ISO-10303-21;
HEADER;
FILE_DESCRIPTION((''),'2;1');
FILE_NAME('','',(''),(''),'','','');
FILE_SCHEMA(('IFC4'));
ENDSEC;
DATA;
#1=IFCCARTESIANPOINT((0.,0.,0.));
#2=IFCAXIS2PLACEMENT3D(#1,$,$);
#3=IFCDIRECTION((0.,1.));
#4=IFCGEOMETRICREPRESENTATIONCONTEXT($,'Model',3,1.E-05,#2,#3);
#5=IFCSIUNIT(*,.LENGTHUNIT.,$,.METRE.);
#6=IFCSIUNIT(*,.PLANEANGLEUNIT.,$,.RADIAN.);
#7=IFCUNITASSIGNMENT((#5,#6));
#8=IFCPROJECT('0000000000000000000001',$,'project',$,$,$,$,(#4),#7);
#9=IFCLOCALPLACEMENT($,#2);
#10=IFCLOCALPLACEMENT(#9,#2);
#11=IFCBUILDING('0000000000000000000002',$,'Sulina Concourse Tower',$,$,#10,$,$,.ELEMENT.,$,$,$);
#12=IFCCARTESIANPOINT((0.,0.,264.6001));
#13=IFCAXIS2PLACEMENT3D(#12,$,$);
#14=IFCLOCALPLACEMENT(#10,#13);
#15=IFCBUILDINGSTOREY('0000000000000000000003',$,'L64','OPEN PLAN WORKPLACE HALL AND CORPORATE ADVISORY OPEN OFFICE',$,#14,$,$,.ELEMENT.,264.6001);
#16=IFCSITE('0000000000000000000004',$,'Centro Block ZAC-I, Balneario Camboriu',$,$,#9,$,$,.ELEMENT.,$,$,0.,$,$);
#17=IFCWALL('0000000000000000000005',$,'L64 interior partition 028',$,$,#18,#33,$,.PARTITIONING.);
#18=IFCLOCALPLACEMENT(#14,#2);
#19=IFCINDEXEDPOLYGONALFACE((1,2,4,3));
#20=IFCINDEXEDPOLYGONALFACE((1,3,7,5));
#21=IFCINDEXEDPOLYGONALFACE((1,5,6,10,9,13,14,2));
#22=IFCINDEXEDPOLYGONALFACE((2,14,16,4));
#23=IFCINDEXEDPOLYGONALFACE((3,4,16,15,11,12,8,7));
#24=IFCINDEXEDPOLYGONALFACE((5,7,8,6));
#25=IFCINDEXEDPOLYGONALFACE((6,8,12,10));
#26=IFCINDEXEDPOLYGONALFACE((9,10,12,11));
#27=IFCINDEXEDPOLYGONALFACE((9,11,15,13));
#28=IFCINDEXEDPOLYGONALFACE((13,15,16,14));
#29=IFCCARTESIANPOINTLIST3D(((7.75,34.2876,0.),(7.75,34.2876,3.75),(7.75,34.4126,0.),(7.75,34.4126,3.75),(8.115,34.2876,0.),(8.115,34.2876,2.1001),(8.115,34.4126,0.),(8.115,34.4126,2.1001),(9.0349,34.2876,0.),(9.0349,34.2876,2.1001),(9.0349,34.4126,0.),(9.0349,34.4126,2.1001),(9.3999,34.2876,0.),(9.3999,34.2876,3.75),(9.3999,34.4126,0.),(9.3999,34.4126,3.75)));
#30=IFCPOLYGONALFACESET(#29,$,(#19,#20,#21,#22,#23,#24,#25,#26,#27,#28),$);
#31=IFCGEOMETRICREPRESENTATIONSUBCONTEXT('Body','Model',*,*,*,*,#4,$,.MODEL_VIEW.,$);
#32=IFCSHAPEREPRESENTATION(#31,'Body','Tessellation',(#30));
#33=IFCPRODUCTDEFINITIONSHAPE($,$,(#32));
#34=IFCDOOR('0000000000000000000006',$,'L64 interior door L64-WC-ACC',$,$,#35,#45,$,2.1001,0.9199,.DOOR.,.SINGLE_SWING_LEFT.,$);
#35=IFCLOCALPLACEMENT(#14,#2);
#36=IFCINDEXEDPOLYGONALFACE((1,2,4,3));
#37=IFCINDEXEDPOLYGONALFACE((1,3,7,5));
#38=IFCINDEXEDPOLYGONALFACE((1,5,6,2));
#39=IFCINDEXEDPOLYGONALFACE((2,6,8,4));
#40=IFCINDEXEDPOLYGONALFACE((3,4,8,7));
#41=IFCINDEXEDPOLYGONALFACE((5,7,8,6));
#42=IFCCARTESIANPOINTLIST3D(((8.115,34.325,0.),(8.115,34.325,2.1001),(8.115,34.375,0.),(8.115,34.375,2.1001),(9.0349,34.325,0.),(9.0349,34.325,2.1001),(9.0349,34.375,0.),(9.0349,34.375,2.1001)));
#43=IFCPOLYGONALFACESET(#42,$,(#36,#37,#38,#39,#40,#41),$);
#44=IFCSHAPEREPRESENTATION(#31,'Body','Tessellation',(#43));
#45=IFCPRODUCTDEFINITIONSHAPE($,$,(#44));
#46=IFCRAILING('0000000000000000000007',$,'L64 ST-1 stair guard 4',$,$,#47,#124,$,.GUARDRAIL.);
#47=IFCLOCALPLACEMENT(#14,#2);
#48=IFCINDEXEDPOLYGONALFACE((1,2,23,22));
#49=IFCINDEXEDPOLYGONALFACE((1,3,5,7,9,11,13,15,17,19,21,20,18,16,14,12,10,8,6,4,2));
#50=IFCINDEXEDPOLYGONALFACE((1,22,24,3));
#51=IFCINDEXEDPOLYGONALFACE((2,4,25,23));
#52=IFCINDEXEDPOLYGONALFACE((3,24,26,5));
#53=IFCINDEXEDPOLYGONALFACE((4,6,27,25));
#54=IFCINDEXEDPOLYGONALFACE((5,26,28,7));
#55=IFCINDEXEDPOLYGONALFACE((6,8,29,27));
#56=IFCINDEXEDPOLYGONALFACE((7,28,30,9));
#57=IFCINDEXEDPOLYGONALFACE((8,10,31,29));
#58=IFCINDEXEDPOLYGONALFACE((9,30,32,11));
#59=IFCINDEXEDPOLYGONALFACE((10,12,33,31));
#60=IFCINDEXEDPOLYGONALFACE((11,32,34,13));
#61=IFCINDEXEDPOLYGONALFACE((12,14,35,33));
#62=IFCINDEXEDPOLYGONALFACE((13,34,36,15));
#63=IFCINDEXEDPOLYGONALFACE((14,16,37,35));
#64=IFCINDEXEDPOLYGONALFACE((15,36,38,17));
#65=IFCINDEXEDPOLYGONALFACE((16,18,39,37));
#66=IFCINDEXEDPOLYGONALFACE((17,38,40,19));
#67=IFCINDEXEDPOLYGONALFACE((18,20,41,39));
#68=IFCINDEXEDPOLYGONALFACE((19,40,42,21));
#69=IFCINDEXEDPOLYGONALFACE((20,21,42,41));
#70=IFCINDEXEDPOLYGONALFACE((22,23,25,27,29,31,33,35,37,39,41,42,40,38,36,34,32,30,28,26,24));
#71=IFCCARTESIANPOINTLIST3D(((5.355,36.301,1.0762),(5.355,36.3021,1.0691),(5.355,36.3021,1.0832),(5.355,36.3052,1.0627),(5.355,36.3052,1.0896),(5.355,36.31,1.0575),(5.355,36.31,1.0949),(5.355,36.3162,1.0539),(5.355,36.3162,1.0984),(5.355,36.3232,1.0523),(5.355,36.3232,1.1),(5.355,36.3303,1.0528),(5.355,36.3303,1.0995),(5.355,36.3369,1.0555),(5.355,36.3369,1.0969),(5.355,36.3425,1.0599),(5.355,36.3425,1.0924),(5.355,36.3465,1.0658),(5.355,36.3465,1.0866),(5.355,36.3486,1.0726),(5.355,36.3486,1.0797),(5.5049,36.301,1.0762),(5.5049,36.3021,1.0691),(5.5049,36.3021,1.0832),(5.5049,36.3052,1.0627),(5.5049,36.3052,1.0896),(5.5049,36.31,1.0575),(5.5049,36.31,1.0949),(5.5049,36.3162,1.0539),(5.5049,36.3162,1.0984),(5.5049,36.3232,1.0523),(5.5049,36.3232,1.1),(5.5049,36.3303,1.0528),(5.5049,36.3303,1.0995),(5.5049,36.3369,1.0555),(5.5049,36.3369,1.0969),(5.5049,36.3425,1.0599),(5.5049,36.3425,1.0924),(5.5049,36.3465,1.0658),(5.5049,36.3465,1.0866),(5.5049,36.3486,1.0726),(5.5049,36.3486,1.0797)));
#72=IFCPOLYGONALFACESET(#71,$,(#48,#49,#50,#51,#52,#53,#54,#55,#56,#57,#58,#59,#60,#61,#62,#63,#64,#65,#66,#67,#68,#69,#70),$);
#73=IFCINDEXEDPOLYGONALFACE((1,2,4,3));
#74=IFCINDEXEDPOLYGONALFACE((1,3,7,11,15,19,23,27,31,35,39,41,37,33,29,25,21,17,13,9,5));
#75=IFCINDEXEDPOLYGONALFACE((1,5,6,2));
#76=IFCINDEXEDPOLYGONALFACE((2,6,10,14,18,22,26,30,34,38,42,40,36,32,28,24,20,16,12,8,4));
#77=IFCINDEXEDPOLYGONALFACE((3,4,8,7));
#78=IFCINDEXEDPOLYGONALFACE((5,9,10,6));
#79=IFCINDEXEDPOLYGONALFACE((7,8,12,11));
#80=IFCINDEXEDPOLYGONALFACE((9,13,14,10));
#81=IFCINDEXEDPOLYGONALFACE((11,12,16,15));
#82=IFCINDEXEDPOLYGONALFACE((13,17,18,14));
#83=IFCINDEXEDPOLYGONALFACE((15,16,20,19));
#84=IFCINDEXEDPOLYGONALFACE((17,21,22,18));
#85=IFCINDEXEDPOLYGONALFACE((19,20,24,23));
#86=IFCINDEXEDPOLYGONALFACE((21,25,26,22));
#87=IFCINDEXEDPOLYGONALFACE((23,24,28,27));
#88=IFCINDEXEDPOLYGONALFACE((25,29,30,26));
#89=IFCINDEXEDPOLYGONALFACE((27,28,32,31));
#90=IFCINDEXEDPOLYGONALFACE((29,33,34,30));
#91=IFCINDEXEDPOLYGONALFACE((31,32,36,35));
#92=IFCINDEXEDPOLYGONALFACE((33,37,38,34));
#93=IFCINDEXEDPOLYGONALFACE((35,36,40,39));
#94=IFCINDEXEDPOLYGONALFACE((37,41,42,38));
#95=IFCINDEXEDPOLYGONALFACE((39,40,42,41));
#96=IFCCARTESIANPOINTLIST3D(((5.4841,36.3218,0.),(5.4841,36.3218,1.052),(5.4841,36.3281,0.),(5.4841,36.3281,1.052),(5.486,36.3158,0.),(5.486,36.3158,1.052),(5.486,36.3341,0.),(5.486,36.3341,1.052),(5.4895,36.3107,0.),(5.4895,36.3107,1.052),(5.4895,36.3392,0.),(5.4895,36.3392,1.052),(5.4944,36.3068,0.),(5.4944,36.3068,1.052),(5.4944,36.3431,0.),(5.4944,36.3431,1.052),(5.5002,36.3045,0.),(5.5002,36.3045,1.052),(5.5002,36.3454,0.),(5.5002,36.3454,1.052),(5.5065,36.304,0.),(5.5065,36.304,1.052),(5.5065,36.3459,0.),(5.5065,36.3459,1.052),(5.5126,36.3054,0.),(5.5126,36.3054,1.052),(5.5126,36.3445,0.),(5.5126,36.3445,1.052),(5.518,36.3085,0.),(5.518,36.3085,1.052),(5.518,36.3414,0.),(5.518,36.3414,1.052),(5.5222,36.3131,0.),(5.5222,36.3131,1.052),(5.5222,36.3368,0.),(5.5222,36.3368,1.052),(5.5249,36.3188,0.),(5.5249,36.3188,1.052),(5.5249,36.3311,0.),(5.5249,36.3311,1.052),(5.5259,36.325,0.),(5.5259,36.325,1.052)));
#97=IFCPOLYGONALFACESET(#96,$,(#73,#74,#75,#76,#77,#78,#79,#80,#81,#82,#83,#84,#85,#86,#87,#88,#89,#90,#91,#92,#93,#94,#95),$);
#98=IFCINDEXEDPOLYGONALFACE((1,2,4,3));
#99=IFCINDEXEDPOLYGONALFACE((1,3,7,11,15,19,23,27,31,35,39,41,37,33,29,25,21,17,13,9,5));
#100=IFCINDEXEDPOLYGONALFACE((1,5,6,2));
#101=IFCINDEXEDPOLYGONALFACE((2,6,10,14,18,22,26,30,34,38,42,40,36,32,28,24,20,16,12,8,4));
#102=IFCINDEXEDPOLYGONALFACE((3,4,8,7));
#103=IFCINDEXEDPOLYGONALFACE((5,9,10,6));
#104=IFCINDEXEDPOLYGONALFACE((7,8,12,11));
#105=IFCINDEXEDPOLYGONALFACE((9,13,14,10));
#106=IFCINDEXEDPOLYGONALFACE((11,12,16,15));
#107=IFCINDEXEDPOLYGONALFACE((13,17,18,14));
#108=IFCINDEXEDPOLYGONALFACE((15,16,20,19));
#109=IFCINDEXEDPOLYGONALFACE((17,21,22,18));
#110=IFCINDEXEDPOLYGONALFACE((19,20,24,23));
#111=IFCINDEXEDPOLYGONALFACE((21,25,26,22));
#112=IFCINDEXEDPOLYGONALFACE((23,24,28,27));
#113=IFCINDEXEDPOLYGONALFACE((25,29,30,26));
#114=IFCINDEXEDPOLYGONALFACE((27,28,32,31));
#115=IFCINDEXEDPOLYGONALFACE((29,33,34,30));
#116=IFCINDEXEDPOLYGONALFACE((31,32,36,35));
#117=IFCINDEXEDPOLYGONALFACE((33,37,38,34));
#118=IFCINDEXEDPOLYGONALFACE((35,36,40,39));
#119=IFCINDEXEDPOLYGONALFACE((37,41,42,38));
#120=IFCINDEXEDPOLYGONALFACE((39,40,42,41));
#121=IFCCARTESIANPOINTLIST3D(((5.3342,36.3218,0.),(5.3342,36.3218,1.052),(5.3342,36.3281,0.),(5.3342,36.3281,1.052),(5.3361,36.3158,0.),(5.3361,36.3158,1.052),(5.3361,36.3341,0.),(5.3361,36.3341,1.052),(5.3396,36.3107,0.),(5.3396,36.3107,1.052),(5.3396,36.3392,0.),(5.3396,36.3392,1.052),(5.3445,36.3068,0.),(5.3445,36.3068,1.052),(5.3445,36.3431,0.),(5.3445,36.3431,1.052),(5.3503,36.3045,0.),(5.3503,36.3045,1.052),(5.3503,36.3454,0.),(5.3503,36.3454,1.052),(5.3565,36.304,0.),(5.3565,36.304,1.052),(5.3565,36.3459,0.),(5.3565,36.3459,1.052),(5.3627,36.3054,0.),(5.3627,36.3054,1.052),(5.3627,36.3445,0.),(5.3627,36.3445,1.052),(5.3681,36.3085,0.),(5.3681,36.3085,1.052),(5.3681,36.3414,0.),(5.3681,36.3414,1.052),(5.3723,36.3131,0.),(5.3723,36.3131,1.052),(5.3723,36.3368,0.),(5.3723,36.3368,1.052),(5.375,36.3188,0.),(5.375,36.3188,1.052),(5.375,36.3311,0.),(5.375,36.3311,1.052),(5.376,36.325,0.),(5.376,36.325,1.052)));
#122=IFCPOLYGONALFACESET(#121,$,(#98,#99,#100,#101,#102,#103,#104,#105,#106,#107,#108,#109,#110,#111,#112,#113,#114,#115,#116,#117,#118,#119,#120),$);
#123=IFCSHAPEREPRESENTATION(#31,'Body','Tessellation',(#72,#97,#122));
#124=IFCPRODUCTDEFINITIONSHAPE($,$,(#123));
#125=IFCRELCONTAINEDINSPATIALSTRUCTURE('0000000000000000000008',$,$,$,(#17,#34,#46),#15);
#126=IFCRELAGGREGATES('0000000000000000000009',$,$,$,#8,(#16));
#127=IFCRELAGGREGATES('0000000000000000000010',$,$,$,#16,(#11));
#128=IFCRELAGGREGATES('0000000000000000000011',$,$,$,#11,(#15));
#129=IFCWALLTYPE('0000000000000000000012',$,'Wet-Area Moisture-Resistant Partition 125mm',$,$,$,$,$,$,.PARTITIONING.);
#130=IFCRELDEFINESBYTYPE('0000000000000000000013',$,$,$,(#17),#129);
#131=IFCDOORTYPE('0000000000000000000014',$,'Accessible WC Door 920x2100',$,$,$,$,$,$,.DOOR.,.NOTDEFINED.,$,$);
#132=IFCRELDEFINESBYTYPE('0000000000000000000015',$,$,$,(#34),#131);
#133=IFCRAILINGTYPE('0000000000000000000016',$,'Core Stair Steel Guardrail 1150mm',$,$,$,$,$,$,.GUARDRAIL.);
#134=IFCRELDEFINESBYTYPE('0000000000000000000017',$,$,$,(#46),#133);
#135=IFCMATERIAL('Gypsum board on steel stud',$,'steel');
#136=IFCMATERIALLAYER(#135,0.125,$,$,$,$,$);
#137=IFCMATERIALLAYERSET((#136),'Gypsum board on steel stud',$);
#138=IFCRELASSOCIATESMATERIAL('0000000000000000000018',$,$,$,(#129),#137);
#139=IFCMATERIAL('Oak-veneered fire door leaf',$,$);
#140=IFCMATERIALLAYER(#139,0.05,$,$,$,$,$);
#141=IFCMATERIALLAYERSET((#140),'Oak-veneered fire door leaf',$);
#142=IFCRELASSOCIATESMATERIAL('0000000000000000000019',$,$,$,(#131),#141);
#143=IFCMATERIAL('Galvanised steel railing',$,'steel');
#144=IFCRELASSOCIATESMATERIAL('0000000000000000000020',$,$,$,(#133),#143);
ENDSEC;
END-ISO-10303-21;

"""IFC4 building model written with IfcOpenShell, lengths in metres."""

from ifc_helpers import new_model, si_unit, direction, frame, frame_2d, origin, origin_2d, place, context, subcontext, project, spatial, rectangle, circle, extrude, material, layer, layer_set, type_object, element, fill, save


model = new_model("IFC4")

# Units and contexts
model_context = context("Model", 3, precision=1e-05, world=origin(), true_north=direction((0.0, 1.0)))
body_context = subcontext(model_context, "Body", "Model", "MODEL_VIEW")
ifc_project = project(units=[si_unit("LENGTHUNIT", "METRE"), si_unit("PLANEANGLEUNIT", "RADIAN")], contexts=[model_context])

# Site, building, storey
site_placement = place(None, origin())
site = spatial("IfcSite", under=ifc_project, at=site_placement, Name="Centro Block ZAC-I, Balneario Camboriu", CompositionType="ELEMENT", RefElevation=0.0)
building_placement = place(site_placement, origin())
building = spatial("IfcBuilding", under=site, at=building_placement, Name="Sulina Concourse Tower", CompositionType="ELEMENT")
storey_placement = place(building_placement, frame((0.0, 0.0, 264.6001)))
storey = spatial("IfcBuildingStorey", under=building, at=storey_placement, Name="L64", Description="OPEN PLAN WORKPLACE HALL AND CORPORATE ADVISORY OPEN OFFICE", CompositionType="ELEMENT", Elevation=264.6001)

# Wall, opening, door
ifc_material_1 = material(Name="Gypsum board on steel stud", Category="steel")
ifc_layer_1 = layer(ifc_material_1, 0.125)
ifc_layer_set_1 = layer_set([ifc_layer_1], Name="Gypsum board on steel stud")
wall_type_1 = type_object("IfcWallType", Name="Wet-Area Moisture-Resistant Partition 125mm", PredefinedType="PARTITIONING", material=ifc_layer_set_1)
wall_1_placement = place(storey_placement, frame((7.75, 34.3501, 0.0), z_axis=(0.0, 0.0, 1.0), x_axis=(1.0, 0.0, 0.0)))
wall_1 = element("IfcWall", 1, at=wall_1_placement, inside=storey, type_object=wall_type_1, Name="L64 interior partition 028", PredefinedType="PARTITIONING", context=body_context, shape_type="SweptSolid", body=[
    extrude(rectangle(XDim=1.6499, YDim=0.125, at=frame_2d((0.825, 0.0))), origin(), (0.0, 0.0, 1.0), 3.75),
])
opening_1_placement = place(wall_1_placement, frame((0.365, 0.0, 0.0)))
opening_1 = element("IfcOpeningElement", 2, at=opening_1_placement, cuts=wall_1, PredefinedType="OPENING", context=body_context, shape_type="SweptSolid", body=[
    extrude(rectangle(XDim=0.9199, YDim=2.1001, at=frame_2d((0.46, 1.05))), frame((0.0, 0.0725, 0.0), z_axis=(0.0, -1.0, 0.0), x_axis=(1.0, 0.0, 0.0)), (0.0, 0.0, 1.0), 0.145),
])
ifc_material_2 = material(Name="Oak-veneered fire door leaf")
ifc_layer_2 = layer(ifc_material_2, 0.05)
ifc_layer_set_2 = layer_set([ifc_layer_2], Name="Oak-veneered fire door leaf")
door_type_1 = type_object("IfcDoorType", Name="Accessible WC Door 920x2100", OperationType="NOTDEFINED", PredefinedType="DOOR", material=ifc_layer_set_2)
door_1_placement = place(opening_1_placement, origin())
door_1 = element("IfcDoor", 3, at=door_1_placement, inside=storey, type_object=door_type_1, Name="L64 interior door L64-WC-ACC", OperationType="SINGLE_SWING_LEFT", OverallHeight=2.1001, OverallWidth=0.9199, PredefinedType="DOOR", context=body_context, shape_type="SweptSolid", body=[
    extrude(rectangle(XDim=0.9199, YDim=2.1001, at=frame_2d((0.46, 1.05))), frame((0.0, 0.0249, 0.0), z_axis=(0.0, -1.0, 0.0), x_axis=(1.0, 0.0, 0.0)), (0.0, 0.0, 1.0), 0.05),
])
fill(opening_1, door_1)

# Railing
ifc_material_3 = material(Name="Galvanised steel railing", Category="steel")
railing_type = type_object("IfcRailingType", Name="Core Stair Steel Guardrail 1150mm", PredefinedType="GUARDRAIL", material=ifc_material_3)
railing_placement = place(storey_placement, frame((5.5049, 36.325, 0.0)))
element("IfcRailing", 4, at=railing_placement, inside=storey, type_object=railing_type, Name="L64 ST-1 stair guard 4", PredefinedType="GUARDRAIL", context=body_context, shape_type="SweptSolid", body=[
    extrude(circle(Radius=0.0239, at=origin_2d()), frame((0.0, 0.0, 1.0762), z_axis=(-1.0, 0.0, 0.0), x_axis=(0.0, -1.0, 0.0)), (0.0, 0.0, 1.0), 0.1499),
    extrude(circle(Radius=0.021, at=origin_2d()), origin(), (0.0, 0.0, 1.0), 1.052),
    extrude(circle(Radius=0.021, at=origin_2d()), frame((-0.1499, 0.0, 0.0)), (0.0, 0.0, 1.0), 1.052),
])

save(model, "model.ifc")
